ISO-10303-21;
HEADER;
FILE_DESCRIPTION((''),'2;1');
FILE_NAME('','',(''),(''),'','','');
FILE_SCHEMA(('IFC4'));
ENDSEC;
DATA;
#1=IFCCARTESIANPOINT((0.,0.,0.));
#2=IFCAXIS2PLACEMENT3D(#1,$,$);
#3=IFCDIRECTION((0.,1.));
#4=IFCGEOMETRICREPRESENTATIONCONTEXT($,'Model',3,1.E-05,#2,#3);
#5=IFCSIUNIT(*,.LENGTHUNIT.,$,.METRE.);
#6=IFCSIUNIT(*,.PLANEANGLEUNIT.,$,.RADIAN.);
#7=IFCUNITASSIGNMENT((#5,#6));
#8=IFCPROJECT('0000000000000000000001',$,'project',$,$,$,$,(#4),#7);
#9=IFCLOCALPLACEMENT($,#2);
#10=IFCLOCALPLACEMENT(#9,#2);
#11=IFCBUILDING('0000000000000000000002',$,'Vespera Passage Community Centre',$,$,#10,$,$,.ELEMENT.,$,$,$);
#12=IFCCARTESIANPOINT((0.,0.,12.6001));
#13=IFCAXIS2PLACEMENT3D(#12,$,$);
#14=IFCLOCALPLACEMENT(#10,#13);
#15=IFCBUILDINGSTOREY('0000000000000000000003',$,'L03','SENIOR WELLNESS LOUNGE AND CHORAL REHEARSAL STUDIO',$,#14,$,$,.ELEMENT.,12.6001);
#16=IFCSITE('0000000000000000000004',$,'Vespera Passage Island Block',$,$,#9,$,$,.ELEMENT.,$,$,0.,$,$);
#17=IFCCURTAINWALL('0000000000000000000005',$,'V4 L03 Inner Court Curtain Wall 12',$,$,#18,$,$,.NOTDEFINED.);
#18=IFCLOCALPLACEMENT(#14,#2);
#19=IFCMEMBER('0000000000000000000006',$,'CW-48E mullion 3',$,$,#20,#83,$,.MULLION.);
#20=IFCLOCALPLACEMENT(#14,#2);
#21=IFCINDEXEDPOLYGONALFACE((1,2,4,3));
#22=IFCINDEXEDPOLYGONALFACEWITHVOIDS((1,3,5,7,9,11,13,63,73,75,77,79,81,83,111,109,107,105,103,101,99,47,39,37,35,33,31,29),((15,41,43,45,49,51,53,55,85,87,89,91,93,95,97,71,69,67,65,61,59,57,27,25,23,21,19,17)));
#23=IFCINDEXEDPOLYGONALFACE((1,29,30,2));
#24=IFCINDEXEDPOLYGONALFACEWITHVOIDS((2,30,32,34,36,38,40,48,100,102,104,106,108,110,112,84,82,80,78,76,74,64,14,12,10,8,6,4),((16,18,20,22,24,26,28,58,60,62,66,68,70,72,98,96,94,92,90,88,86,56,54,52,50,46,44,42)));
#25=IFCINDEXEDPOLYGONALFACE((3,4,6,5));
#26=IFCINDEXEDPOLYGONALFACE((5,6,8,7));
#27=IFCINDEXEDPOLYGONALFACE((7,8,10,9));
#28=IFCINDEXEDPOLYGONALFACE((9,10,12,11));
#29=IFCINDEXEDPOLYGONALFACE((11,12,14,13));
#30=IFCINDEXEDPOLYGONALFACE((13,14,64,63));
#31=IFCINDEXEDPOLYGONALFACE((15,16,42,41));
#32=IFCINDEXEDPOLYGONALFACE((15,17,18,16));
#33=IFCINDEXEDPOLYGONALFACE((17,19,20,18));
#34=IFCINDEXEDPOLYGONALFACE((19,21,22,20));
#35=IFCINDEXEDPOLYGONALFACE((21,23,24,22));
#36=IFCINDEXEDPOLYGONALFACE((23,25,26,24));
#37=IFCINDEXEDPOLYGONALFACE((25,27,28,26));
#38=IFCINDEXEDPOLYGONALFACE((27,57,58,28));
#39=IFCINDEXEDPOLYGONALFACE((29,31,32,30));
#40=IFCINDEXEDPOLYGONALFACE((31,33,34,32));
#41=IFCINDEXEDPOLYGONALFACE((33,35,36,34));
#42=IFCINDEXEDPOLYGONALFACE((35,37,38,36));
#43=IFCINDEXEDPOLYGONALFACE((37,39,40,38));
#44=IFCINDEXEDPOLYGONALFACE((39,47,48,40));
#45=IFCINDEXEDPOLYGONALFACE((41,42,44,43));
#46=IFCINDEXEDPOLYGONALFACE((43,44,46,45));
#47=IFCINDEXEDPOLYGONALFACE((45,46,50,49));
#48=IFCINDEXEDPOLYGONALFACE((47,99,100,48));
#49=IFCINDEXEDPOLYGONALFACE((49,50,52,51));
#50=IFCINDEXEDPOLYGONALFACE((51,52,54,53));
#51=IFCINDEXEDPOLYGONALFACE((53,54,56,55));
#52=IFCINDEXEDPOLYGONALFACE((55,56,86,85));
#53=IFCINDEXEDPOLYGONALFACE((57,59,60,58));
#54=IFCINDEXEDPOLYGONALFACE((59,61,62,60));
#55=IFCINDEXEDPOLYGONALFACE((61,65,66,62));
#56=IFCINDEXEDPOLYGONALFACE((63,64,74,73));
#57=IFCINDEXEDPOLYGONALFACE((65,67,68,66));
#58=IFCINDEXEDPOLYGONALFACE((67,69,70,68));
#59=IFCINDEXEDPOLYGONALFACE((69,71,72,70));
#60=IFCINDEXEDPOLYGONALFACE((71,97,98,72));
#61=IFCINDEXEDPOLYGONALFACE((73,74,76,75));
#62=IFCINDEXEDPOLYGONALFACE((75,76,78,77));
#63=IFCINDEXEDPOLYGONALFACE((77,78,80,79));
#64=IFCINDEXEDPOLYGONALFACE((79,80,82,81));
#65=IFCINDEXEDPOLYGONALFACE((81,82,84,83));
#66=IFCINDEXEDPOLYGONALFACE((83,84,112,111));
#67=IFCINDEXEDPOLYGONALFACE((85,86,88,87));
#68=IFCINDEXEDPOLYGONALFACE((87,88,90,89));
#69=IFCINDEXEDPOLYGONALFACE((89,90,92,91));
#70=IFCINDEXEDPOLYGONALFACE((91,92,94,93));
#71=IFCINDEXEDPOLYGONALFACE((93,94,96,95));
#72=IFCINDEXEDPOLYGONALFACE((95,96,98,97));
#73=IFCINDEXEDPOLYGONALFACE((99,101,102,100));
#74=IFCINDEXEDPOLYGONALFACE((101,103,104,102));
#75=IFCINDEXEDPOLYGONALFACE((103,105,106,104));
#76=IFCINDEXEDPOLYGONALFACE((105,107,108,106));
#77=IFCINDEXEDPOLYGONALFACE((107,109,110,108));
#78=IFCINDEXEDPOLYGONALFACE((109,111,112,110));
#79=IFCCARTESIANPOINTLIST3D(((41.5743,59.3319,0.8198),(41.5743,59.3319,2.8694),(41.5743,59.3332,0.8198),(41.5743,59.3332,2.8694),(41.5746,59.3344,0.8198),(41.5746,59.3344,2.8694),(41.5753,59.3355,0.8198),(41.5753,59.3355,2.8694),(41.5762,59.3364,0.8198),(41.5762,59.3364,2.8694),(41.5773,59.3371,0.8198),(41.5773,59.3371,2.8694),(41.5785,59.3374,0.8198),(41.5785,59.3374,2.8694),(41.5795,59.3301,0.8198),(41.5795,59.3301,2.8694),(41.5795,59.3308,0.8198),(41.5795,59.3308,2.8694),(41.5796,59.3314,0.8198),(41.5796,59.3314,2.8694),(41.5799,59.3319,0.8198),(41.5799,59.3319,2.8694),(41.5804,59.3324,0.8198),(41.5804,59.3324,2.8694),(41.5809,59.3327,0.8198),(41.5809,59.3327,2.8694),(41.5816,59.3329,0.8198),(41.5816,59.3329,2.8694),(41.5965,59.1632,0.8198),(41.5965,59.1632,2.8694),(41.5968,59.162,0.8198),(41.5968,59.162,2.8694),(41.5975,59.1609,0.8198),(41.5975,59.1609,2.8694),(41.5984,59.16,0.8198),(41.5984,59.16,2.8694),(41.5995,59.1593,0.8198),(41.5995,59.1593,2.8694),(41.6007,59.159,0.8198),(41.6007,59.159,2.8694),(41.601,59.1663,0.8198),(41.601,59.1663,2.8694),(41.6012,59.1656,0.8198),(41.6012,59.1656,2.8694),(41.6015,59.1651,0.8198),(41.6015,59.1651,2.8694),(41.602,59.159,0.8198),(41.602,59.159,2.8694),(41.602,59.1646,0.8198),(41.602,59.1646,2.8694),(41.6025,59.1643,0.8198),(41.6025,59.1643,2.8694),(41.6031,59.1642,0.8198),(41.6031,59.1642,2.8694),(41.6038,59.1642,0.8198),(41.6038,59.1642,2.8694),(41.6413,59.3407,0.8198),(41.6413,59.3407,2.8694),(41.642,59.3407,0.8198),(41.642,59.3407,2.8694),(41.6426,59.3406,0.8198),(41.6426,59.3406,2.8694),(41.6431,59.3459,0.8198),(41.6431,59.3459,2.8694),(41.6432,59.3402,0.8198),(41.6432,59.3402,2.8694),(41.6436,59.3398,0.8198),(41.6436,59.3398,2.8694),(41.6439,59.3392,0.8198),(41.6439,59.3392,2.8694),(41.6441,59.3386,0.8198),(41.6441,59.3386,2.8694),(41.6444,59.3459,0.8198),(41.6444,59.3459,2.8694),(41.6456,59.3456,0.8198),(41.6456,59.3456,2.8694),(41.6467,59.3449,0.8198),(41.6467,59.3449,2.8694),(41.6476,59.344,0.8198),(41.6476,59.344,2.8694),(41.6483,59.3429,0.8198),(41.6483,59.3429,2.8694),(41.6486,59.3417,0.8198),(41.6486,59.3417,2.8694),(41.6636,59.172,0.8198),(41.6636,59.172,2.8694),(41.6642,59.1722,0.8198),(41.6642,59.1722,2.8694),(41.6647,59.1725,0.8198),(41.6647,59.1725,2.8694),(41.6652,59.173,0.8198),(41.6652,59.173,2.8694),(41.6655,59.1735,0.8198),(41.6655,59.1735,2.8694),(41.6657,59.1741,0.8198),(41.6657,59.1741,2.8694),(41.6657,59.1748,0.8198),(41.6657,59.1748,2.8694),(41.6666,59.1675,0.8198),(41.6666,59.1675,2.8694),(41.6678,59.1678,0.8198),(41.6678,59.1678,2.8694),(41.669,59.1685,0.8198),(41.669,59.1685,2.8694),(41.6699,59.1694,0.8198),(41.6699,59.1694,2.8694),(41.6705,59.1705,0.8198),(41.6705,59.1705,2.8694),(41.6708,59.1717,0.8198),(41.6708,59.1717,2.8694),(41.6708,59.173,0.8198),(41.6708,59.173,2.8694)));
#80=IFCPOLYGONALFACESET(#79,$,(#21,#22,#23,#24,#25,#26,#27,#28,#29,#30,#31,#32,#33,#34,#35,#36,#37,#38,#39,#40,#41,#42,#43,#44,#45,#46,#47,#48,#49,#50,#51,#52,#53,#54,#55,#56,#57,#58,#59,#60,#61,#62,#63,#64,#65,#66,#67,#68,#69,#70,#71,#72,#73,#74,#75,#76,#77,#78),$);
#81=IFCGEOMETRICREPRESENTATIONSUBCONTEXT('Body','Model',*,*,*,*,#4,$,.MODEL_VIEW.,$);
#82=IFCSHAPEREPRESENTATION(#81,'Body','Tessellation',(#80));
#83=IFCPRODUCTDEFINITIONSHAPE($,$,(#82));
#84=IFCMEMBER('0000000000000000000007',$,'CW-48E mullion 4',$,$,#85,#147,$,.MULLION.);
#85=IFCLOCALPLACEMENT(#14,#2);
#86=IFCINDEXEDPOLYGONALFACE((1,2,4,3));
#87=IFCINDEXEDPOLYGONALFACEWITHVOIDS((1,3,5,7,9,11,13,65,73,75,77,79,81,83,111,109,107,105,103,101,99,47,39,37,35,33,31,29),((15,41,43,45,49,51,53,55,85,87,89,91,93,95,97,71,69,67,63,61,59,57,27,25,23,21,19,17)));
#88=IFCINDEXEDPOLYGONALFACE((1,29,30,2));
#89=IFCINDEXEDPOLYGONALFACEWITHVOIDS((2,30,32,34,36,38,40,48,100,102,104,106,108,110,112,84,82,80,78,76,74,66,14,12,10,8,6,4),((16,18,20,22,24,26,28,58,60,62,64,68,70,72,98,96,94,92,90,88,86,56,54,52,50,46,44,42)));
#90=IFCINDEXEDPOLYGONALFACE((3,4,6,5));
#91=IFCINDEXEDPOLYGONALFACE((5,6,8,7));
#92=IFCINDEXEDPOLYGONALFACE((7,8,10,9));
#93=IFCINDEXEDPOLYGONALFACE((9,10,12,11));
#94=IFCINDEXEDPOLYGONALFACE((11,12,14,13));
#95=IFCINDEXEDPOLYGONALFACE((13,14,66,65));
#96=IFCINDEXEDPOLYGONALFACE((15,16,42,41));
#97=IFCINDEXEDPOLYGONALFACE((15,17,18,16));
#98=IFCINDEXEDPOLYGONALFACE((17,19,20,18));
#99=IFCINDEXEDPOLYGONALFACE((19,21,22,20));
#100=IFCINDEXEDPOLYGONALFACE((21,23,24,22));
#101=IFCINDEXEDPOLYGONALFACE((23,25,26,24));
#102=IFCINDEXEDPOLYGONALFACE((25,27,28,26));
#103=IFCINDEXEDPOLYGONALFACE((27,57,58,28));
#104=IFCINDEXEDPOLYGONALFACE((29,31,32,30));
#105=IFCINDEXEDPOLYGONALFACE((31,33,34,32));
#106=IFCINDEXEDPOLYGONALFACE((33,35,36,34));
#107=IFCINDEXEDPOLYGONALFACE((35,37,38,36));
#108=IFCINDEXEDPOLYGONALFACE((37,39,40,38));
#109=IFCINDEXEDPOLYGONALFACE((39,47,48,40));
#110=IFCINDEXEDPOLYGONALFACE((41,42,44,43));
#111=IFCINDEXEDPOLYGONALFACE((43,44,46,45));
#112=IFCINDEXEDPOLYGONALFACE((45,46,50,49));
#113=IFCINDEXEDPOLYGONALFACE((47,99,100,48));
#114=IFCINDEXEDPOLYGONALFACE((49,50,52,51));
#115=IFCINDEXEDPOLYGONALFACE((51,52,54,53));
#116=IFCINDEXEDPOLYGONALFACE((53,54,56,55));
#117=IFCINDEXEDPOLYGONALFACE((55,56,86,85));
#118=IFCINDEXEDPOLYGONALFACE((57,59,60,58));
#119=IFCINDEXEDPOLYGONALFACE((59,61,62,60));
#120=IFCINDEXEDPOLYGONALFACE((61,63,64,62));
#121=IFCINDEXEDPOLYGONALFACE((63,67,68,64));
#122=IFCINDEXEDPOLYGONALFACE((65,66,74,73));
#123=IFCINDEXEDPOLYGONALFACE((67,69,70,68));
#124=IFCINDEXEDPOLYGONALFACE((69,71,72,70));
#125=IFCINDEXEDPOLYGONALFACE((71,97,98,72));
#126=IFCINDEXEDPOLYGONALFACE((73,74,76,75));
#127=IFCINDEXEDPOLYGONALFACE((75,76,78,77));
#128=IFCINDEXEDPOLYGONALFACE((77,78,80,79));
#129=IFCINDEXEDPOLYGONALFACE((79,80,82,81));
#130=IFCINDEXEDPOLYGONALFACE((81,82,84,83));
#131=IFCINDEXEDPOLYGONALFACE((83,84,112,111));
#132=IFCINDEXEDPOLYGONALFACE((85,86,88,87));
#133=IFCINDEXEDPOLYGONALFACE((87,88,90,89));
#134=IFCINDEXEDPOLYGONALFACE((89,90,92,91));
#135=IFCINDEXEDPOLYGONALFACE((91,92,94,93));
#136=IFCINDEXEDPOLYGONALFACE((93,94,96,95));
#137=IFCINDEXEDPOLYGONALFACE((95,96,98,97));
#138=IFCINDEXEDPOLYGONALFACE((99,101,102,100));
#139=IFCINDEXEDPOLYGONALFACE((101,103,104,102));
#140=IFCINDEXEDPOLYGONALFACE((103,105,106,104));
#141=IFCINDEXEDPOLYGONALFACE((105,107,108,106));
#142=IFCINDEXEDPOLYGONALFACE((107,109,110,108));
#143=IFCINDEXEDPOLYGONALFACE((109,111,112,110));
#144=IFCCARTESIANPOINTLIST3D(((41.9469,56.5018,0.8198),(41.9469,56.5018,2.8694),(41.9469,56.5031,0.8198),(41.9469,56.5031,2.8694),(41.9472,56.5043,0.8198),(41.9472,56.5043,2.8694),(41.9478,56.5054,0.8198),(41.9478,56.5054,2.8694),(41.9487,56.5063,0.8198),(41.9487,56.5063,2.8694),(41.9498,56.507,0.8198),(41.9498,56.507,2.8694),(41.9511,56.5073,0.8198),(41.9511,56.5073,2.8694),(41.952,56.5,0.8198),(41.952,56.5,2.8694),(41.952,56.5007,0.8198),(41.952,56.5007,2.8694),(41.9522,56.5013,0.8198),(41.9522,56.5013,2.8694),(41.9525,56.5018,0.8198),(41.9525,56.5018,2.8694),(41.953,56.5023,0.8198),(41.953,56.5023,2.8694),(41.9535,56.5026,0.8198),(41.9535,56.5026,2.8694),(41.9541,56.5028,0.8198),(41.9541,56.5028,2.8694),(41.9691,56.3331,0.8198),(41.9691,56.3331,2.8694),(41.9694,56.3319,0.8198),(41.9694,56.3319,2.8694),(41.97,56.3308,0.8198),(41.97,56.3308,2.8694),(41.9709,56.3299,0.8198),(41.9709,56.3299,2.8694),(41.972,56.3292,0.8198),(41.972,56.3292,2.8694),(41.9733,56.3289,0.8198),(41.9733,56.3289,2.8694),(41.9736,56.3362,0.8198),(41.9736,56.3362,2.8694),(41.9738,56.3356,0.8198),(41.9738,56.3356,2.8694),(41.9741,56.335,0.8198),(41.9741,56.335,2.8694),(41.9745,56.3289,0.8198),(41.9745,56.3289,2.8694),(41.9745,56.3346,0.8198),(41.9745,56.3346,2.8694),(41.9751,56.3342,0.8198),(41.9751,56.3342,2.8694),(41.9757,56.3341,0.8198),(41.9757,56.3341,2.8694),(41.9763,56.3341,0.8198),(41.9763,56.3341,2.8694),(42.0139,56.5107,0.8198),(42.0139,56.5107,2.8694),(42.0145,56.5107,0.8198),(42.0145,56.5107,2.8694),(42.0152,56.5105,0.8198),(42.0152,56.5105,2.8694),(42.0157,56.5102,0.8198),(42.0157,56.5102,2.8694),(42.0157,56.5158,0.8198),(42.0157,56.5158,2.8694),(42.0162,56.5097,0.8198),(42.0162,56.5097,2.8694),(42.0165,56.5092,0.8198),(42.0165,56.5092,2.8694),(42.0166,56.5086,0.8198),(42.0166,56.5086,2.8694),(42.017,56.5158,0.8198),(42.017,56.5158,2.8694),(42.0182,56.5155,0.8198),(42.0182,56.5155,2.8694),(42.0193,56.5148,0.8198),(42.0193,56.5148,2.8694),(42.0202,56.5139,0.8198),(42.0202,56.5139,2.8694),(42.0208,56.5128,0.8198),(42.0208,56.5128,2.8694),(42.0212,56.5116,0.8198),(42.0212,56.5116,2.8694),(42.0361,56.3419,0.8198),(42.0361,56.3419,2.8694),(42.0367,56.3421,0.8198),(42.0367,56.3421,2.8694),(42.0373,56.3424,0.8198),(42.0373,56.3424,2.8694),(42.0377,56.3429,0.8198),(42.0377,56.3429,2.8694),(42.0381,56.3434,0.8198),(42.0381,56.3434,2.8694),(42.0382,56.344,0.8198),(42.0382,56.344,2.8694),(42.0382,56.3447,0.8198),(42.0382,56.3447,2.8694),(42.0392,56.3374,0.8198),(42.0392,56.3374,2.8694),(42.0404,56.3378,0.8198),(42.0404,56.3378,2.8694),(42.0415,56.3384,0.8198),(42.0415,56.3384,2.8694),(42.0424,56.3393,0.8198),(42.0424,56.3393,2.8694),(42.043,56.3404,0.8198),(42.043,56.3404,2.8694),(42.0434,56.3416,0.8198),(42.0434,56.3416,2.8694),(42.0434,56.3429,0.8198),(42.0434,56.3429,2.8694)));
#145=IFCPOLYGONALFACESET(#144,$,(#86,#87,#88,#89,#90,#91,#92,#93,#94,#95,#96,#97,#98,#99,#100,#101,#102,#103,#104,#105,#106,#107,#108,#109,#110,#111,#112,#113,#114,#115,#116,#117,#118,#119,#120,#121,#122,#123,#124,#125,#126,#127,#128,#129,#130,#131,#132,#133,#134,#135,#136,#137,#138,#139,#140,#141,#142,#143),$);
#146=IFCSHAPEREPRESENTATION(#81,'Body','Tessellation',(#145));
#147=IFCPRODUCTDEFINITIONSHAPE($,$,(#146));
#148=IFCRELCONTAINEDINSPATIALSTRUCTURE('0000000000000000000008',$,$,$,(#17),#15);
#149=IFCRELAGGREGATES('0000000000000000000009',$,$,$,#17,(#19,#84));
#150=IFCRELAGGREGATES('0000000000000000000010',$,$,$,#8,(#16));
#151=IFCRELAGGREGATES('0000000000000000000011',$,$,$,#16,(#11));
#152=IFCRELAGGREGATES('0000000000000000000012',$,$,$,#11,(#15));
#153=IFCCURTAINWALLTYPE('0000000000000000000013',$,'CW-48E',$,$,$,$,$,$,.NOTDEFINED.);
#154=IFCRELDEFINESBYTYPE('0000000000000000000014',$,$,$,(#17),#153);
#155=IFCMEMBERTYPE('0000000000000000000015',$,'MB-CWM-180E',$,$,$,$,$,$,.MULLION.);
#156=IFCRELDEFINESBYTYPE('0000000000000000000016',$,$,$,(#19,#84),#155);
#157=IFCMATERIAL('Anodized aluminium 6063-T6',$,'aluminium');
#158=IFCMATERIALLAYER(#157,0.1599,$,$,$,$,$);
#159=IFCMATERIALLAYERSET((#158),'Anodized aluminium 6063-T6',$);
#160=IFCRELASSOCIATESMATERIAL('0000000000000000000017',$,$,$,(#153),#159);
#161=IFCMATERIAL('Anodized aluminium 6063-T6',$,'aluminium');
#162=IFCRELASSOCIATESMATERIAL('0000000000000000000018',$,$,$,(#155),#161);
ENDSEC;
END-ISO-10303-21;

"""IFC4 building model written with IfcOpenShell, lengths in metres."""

from ifc_helpers import new_model, si_unit, direction, frame, origin, origin_2d, place, context, subcontext, project, spatial, hollow_rectangle, extrude, material, layer, layer_set, material_profile, profile_set, type_object, element, aggregate, save


model = new_model("IFC4")

# Units and contexts
model_context = context("Model", 3, precision=1e-05, world=origin(), true_north=direction((0.0, 1.0)))
body_context = subcontext(model_context, "Body", "Model", "MODEL_VIEW")
ifc_project = project(units=[si_unit("LENGTHUNIT", "METRE"), si_unit("PLANEANGLEUNIT", "RADIAN")], contexts=[model_context])

# Site, building, storey
site_placement = place(None, origin())
site = spatial("IfcSite", under=ifc_project, at=site_placement, Name="Vespera Passage Island Block", CompositionType="ELEMENT", RefElevation=0.0)
building_placement = place(site_placement, origin())
building = spatial("IfcBuilding", under=site, at=building_placement, Name="Vespera Passage Community Centre", CompositionType="ELEMENT")
storey_placement = place(building_placement, frame((0.0, 0.0, 12.6001)))
storey = spatial("IfcBuildingStorey", under=building, at=storey_placement, Name="L03", Description="SENIOR WELLNESS LOUNGE AND CHORAL REHEARSAL STUDIO", CompositionType="ELEMENT", Elevation=12.6001)

# Curtain wall, members
ifc_material_1 = material(Name="Anodized aluminium 6063-T6", Category="aluminium")
ifc_layer_1 = layer(ifc_material_1, 0.1599)
ifc_layer_set_1 = layer_set([ifc_layer_1], Name="Anodized aluminium 6063-T6")
curtain_wall_type_1 = type_object("IfcCurtainWallType", Name="CW-48E", PredefinedType="NOTDEFINED", material=ifc_layer_set_1)
curtain_wall_1_placement = place(storey_placement, origin())
curtain_wall_1 = element("IfcCurtainWall", 1, at=curtain_wall_1_placement, inside=storey, type_object=curtain_wall_type_1, Name="V4 L03 Inner Court Curtain Wall 12", PredefinedType="NOTDEFINED")
ifc_material_2 = material(Name="Anodized aluminium 6063-T6", Category="aluminium")
ifc_material_profile_1 = material_profile(ifc_material_2, hollow_rectangle(XDim=0.075, YDim=0.1799, WallThickness=0.0049, InnerFilletRadius=0.0024, OuterFilletRadius=0.0049, at=origin_2d()), Name="ALU180X75X5")
ifc_profile_set_1 = profile_set([ifc_material_profile_1], Name="Anodized aluminium 6063-T6")
member_type_1 = type_object("IfcMemberType", Name="MB-CWM-180E", PredefinedType="MULLION", material=ifc_profile_set_1)
member_1_placement = place(storey_placement, frame((41.6226, 59.2524, 0.8198), z_axis=(0.0, 0.0, 1.0), x_axis=(0.991445, 0.130522, 0.0)))
member_1 = element("IfcMember", 2, at=member_1_placement, type_object=member_type_1, Name="CW-48E mullion 3", PredefinedType="MULLION", context=body_context, shape_type="SweptSolid", body=[
    extrude(hollow_rectangle(XDim=0.075, YDim=0.1799, WallThickness=0.0049, InnerFilletRadius=0.0024, OuterFilletRadius=0.0049, at=origin_2d()), origin(), (0.0, 0.0, 1.0), 2.0496),
])
member_2_placement = place(storey_placement, frame((41.9951, 56.4224, 0.8198), z_axis=(0.0, 0.0, 1.0), x_axis=(0.991445, 0.130522, 0.0)))
member_2 = element("IfcMember", 3, at=member_2_placement, type_object=member_type_1, Name="CW-48E mullion 4", PredefinedType="MULLION", context=body_context, shape_type="SweptSolid", body=[
    extrude(hollow_rectangle(XDim=0.075, YDim=0.1799, WallThickness=0.0049, InnerFilletRadius=0.0024, OuterFilletRadius=0.0049, at=origin_2d()), origin(), (0.0, 0.0, 1.0), 2.0496),
])

aggregate(curtain_wall_1, [member_1, member_2])

save(model, "model.ifc")
